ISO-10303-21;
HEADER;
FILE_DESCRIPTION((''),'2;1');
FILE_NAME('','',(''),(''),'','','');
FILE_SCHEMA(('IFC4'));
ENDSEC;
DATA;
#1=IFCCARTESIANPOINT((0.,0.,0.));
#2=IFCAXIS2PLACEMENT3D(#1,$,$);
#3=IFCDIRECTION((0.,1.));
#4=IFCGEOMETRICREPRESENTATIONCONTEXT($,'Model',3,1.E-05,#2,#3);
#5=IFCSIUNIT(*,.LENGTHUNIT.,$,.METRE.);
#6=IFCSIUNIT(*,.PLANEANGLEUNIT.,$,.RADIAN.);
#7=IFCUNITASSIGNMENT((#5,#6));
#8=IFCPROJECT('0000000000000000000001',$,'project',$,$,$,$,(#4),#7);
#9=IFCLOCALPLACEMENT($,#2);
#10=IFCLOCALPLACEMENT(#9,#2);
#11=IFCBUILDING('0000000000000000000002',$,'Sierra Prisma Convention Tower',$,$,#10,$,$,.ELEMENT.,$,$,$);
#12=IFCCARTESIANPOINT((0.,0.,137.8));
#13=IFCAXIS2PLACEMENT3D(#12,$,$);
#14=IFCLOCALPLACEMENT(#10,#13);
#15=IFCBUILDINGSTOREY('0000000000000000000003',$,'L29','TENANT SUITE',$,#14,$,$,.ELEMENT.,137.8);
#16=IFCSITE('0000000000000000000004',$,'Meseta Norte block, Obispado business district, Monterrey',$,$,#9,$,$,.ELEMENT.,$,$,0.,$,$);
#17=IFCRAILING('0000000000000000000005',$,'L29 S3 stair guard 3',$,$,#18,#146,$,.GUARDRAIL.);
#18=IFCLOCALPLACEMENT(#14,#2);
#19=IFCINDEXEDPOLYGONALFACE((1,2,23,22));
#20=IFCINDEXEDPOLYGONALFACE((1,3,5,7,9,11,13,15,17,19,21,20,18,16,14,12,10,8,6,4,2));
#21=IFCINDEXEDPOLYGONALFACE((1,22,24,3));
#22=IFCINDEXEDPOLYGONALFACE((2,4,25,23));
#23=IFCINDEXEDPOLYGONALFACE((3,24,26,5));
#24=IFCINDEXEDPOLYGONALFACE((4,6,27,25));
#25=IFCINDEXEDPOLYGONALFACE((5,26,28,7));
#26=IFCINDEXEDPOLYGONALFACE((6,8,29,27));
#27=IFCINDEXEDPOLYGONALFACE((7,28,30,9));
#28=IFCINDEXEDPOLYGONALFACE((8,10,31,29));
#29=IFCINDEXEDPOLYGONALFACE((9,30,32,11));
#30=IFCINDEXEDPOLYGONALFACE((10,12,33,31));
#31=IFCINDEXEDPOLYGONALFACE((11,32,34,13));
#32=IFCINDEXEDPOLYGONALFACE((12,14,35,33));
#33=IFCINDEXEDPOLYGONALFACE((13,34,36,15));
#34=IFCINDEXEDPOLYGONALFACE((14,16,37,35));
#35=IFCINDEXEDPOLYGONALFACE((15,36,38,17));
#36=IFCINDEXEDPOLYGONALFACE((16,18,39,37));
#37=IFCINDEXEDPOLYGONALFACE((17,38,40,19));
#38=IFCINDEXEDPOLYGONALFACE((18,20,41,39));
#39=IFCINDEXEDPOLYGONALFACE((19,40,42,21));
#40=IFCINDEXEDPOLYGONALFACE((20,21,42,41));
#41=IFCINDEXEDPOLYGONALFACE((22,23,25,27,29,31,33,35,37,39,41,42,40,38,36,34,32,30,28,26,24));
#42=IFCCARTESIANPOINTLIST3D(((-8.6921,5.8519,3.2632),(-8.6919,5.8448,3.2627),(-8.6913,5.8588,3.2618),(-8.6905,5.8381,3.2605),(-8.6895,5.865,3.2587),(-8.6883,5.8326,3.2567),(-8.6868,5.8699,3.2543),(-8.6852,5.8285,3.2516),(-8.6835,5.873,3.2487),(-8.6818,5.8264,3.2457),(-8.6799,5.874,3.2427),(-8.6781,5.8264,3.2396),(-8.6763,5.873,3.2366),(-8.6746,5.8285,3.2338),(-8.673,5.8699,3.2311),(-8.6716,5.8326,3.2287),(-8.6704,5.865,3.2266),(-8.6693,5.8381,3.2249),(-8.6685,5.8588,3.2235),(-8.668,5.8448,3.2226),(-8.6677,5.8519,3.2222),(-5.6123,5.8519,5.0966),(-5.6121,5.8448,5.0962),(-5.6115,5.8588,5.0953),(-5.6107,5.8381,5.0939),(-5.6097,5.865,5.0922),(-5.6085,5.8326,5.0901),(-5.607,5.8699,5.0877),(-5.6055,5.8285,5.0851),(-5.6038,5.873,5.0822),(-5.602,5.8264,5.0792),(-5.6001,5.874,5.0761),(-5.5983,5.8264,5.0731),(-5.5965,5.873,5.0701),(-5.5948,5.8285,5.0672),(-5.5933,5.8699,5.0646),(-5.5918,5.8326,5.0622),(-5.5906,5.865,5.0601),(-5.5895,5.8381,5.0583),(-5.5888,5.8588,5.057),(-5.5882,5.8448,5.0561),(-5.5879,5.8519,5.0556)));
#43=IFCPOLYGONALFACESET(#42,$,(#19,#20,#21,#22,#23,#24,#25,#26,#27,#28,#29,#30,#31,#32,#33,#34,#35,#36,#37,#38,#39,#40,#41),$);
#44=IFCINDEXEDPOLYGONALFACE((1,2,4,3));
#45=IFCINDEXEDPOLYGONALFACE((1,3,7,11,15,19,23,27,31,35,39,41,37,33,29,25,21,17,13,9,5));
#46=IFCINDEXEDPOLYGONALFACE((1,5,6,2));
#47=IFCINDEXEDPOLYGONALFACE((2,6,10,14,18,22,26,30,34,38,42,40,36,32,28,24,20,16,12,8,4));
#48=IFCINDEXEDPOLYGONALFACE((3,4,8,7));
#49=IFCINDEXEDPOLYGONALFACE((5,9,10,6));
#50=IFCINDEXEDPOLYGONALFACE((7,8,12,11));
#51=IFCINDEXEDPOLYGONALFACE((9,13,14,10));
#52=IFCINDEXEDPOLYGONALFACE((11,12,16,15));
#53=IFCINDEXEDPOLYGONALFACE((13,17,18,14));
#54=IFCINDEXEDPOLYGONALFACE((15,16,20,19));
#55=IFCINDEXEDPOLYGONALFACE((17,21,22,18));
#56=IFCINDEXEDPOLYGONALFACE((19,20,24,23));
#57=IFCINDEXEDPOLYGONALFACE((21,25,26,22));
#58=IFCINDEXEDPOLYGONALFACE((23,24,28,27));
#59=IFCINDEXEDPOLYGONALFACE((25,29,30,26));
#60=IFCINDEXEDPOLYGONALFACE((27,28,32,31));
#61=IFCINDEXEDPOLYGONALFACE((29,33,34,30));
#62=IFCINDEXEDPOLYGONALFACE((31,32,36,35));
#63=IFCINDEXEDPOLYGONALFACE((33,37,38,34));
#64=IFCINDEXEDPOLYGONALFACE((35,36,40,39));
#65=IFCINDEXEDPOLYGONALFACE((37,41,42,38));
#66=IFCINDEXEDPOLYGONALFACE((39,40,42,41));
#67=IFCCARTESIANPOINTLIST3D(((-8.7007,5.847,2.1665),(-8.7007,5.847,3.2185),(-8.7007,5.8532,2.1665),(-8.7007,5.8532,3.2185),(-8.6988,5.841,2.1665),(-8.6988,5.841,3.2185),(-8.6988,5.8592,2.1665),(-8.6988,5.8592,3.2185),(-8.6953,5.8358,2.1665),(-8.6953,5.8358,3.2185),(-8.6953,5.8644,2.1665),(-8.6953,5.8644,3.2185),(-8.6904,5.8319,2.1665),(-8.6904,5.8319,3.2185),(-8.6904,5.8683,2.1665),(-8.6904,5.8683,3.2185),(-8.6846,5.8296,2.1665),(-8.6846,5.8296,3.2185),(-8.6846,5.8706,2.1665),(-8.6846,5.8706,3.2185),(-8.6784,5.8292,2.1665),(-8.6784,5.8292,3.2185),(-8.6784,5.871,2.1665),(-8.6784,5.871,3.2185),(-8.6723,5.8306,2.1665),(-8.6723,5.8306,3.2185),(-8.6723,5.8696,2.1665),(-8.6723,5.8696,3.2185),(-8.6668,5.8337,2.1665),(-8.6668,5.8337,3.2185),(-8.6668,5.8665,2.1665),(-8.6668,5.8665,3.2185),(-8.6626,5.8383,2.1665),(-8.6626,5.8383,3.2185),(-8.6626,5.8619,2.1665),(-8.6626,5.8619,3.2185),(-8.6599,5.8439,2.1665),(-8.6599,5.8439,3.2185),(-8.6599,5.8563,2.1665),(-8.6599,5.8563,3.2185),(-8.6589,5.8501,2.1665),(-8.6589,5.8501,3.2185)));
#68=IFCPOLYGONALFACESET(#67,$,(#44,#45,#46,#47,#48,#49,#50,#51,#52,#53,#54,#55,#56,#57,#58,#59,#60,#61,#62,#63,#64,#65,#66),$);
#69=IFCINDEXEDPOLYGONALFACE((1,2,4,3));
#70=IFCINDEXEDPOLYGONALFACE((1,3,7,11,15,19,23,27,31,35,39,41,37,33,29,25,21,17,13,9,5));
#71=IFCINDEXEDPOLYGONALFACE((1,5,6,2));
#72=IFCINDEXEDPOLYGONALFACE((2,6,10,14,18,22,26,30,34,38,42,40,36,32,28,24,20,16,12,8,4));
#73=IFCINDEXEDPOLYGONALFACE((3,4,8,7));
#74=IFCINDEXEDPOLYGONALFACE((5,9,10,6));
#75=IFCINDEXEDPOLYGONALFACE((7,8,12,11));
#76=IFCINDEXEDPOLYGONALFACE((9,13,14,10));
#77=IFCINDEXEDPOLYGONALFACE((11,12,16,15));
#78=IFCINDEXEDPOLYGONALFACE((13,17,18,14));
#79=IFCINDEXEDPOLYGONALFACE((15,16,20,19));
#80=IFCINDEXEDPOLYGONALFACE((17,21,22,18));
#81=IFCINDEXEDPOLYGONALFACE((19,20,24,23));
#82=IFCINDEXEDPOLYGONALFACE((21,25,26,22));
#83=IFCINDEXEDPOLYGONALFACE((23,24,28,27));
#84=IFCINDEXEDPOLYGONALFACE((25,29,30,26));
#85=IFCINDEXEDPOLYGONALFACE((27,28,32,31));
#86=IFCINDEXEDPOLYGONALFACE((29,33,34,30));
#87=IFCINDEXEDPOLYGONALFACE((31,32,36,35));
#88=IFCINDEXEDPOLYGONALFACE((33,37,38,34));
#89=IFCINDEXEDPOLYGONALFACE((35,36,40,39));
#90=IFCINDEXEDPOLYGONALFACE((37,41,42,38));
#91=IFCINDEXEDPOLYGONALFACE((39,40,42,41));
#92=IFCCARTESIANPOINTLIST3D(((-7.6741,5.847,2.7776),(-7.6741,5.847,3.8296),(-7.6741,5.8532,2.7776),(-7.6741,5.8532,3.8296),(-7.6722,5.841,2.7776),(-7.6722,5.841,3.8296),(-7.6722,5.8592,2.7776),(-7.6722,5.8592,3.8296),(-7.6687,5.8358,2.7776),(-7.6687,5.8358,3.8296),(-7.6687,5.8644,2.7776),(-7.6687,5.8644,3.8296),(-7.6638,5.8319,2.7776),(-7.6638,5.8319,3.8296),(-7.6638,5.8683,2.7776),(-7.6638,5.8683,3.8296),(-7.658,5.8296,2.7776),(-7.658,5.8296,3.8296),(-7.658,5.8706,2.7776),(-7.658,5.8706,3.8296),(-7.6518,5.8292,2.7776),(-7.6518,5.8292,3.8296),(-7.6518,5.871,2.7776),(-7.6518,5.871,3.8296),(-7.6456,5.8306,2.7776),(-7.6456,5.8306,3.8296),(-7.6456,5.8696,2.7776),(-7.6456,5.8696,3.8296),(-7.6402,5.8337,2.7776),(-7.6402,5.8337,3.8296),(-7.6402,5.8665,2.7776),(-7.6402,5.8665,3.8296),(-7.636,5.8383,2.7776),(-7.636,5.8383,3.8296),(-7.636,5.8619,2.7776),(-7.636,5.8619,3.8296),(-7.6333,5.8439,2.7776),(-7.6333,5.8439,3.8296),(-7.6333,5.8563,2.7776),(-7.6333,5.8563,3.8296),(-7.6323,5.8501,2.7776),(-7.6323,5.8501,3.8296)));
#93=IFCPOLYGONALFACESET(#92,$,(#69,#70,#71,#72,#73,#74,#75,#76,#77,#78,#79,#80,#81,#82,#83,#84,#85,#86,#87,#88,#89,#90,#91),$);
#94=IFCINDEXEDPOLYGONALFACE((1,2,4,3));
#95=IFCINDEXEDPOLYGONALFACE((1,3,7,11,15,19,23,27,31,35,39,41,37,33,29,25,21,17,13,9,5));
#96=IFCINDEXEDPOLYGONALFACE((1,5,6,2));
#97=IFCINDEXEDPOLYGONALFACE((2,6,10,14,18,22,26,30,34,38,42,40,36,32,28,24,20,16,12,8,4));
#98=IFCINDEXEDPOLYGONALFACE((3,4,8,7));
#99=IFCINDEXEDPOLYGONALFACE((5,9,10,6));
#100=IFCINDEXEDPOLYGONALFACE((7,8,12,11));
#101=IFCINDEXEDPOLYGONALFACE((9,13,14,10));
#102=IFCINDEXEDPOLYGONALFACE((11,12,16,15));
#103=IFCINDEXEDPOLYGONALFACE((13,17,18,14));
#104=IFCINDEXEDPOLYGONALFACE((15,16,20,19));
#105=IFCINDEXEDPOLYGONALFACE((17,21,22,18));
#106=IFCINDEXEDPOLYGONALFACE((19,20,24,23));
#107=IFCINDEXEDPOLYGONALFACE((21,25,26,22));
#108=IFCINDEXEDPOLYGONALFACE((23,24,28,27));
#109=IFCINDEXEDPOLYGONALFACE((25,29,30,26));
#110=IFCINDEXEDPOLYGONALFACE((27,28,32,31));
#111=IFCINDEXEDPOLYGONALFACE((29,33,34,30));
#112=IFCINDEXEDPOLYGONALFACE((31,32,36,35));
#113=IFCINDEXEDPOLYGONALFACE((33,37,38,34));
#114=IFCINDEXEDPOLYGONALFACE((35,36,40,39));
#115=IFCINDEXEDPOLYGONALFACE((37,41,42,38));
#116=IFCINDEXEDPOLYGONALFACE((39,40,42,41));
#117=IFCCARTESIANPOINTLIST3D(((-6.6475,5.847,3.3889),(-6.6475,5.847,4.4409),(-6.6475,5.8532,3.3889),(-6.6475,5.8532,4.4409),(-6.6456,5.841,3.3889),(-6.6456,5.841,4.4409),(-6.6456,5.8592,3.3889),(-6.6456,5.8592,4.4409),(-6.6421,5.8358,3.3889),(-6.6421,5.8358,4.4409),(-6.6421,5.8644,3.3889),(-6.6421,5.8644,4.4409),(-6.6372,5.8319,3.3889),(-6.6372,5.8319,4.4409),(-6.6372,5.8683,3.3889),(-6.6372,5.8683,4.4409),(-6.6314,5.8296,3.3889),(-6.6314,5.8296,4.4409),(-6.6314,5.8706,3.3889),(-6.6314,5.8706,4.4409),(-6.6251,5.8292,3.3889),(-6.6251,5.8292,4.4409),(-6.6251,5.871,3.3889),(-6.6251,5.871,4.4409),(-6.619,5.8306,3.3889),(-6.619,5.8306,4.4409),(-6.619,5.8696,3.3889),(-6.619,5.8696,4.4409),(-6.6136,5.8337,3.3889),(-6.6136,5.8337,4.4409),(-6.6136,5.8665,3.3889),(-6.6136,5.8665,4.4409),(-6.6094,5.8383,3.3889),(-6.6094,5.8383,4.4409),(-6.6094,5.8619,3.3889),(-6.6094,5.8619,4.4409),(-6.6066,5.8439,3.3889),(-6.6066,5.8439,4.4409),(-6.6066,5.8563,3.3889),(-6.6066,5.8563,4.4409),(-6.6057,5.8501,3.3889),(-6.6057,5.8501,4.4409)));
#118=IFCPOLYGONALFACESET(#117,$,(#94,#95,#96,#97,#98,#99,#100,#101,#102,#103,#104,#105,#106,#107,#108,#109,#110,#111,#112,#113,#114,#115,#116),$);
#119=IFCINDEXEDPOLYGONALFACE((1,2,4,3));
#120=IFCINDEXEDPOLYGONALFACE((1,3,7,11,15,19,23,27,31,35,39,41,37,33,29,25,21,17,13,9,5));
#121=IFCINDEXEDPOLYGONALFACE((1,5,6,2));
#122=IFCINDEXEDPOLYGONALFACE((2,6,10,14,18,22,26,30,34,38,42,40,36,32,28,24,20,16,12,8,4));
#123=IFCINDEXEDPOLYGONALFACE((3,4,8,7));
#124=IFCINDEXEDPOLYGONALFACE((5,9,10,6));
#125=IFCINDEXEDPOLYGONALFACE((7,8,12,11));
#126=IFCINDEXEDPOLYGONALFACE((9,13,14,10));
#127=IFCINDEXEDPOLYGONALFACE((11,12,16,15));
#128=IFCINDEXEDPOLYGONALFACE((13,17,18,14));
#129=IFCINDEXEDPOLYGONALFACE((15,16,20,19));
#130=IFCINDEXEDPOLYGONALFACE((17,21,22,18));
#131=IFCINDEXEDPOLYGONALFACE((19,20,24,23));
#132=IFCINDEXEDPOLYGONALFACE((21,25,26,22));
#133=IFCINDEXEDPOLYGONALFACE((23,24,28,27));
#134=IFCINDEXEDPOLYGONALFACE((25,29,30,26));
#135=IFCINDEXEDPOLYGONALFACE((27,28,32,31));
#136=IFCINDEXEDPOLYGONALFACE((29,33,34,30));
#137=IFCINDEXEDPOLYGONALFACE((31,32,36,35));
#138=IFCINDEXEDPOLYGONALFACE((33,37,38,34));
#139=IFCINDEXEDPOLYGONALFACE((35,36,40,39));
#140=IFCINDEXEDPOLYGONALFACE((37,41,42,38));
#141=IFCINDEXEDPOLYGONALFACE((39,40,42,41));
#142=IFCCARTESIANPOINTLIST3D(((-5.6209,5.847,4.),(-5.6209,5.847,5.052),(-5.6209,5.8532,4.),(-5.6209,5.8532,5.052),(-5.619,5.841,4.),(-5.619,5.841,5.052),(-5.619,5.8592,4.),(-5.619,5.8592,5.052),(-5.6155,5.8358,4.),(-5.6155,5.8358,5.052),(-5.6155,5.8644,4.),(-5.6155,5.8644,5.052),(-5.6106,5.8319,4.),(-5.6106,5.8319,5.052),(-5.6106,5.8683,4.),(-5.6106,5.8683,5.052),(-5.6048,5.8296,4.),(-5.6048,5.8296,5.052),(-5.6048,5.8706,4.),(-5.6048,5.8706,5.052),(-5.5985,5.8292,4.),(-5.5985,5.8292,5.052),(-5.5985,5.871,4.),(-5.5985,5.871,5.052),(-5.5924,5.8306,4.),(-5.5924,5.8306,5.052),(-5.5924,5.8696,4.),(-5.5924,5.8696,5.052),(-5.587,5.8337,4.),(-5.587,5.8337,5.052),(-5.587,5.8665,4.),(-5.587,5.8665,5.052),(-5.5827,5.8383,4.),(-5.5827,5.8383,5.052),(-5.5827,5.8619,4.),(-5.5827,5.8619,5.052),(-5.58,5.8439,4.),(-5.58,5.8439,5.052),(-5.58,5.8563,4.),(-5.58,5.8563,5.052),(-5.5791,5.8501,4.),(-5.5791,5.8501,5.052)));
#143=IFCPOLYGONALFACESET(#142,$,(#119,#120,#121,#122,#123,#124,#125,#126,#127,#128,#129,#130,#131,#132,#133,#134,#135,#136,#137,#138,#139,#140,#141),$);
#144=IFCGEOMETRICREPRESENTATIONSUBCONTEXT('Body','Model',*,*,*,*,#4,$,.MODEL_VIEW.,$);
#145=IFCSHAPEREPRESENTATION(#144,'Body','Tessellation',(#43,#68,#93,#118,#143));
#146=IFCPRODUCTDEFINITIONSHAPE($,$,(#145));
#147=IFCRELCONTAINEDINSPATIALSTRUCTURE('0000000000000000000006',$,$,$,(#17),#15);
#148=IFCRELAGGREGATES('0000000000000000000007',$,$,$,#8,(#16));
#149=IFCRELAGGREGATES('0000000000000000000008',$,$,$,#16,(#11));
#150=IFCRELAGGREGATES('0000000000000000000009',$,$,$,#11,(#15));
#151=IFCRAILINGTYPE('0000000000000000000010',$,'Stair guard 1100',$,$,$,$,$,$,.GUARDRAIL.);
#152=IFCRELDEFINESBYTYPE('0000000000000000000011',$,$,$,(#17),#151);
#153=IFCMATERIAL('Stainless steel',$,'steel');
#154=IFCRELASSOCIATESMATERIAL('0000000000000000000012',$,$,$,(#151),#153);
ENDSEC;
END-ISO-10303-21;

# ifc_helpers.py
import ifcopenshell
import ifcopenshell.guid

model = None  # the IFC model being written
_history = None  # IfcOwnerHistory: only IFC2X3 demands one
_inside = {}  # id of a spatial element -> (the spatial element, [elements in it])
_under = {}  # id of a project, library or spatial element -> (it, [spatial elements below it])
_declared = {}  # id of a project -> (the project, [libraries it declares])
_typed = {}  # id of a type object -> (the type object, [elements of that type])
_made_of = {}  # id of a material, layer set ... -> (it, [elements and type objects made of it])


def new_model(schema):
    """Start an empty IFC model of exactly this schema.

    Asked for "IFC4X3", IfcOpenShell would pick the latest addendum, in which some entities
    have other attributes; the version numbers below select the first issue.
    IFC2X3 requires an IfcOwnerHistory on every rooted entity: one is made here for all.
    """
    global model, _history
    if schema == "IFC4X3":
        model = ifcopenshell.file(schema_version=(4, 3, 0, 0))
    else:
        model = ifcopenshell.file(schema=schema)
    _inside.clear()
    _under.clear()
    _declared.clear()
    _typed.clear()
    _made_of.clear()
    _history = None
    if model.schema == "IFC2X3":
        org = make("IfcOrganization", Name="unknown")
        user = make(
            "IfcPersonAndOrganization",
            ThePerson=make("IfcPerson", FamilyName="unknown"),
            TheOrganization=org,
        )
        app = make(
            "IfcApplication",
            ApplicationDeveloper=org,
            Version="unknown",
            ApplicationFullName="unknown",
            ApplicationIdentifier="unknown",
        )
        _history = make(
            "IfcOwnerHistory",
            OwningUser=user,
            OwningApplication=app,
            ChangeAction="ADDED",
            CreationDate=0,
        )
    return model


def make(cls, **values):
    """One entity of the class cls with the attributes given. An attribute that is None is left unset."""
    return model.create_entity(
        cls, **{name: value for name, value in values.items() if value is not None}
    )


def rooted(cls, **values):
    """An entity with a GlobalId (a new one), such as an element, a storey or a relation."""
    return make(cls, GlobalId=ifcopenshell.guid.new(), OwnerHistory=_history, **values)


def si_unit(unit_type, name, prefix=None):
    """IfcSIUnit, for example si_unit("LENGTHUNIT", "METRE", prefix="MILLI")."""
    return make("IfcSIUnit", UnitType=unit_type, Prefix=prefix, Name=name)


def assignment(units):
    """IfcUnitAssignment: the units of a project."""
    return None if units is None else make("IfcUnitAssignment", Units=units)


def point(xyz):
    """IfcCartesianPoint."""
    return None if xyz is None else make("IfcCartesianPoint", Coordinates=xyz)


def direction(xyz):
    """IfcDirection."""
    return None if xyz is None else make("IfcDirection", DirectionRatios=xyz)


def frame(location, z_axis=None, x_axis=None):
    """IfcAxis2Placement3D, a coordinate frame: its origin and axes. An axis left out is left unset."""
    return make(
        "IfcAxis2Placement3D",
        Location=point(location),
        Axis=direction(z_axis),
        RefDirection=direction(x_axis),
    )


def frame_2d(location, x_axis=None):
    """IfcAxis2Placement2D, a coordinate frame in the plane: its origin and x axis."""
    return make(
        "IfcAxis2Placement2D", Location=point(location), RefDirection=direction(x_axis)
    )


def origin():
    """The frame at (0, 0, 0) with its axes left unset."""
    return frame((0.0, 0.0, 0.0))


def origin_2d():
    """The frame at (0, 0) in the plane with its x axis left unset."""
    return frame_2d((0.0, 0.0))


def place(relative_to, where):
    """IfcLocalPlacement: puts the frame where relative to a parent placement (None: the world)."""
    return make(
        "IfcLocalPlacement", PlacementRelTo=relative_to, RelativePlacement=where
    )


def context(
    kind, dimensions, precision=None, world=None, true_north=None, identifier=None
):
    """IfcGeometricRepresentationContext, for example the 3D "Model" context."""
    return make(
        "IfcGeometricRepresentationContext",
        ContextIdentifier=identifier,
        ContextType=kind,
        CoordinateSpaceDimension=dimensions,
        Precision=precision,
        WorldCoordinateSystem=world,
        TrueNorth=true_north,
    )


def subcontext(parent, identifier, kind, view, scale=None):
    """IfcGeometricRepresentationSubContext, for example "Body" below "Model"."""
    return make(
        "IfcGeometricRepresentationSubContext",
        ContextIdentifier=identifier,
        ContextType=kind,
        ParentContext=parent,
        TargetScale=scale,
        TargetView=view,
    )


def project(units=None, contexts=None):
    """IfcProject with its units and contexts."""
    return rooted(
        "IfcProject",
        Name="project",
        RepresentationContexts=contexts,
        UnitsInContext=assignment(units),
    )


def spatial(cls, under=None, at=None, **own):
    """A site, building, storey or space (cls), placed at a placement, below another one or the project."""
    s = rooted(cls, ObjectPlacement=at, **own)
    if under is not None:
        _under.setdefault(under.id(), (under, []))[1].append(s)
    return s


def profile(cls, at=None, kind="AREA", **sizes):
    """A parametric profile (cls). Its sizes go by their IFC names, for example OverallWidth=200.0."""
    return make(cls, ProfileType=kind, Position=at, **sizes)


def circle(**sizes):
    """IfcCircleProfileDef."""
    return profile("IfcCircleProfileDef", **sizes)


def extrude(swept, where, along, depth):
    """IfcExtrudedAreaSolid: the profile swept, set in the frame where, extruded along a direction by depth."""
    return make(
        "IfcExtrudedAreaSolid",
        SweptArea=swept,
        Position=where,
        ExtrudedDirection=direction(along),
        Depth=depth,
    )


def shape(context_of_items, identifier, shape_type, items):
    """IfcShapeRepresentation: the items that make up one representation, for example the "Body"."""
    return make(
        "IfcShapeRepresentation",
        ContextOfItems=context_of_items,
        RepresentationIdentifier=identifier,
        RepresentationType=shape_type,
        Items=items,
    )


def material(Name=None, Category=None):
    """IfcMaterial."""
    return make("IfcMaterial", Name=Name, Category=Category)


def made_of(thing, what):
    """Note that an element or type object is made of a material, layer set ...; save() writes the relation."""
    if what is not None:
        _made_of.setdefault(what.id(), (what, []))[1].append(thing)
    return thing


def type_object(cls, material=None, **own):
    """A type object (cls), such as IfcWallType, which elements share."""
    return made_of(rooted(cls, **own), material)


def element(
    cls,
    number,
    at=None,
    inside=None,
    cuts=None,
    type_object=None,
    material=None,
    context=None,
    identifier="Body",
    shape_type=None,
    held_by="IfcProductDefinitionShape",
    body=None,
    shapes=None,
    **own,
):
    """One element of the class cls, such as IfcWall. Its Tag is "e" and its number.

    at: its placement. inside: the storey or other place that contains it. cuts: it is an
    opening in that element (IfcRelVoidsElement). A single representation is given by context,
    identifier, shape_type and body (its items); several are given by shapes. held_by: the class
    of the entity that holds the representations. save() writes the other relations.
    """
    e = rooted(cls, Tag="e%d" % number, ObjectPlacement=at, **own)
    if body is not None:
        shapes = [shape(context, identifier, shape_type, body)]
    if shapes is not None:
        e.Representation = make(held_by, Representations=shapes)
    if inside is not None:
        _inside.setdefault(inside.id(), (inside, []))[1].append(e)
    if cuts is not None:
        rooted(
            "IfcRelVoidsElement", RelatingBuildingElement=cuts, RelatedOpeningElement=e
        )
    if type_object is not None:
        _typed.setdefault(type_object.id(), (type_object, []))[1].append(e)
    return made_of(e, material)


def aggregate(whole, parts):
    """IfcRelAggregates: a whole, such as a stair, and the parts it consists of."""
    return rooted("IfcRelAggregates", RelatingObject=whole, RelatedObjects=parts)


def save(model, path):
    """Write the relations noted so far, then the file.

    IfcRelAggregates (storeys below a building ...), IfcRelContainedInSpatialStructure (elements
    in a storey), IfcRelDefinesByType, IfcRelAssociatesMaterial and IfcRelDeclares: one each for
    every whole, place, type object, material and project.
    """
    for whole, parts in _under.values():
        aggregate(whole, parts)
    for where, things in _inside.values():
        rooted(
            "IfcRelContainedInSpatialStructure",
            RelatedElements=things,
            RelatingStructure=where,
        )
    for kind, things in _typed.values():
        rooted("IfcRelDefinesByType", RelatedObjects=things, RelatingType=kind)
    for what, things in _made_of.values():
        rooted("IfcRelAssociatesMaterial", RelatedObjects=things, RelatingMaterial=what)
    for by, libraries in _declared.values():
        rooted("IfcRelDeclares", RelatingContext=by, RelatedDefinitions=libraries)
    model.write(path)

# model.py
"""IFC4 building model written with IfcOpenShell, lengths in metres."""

from ifc_helpers import new_model, si_unit, direction, frame, origin, origin_2d, place, context, subcontext, project, spatial, circle, extrude, material, type_object, element, save


model = new_model("IFC4")

# Units and contexts
model_context = context("Model", 3, precision=1e-05, world=origin(), true_north=direction((0.0, 1.0)))
body_context = subcontext(model_context, "Body", "Model", "MODEL_VIEW")
ifc_project = project(units=[si_unit("LENGTHUNIT", "METRE"), si_unit("PLANEANGLEUNIT", "RADIAN")], contexts=[model_context])

# Site, building, storey
site_placement = place(None, origin())
site = spatial("IfcSite", under=ifc_project, at=site_placement, Name="Meseta Norte block, Obispado business district, Monterrey", CompositionType="ELEMENT", RefElevation=0.0)
building_placement = place(site_placement, origin())
building = spatial("IfcBuilding", under=site, at=building_placement, Name="Sierra Prisma Convention Tower", CompositionType="ELEMENT")
storey_placement = place(building_placement, frame((0.0, 0.0, 137.8)))
storey = spatial("IfcBuildingStorey", under=building, at=storey_placement, Name="L29", Description="TENANT SUITE", CompositionType="ELEMENT", Elevation=137.8)

# Railing
ifc_material_1 = material(Name="Stainless steel", Category="steel")
railing_type_1 = type_object("IfcRailingType", Name="Stair guard 1100", PredefinedType="GUARDRAIL", material=ifc_material_1)
railing_1_placement = place(storey_placement, frame((-8.6799, 5.8501, 2.1665)))
element("IfcRailing", 1, at=railing_1_placement, inside=storey, type_object=railing_type_1, Name="L29 S3 stair guard 3", PredefinedType="GUARDRAIL", context=body_context, shape_type="SweptSolid", body=[
    extrude(circle(Radius=0.0239, at=origin_2d()), frame((0.0, 0.0, 1.0762), z_axis=(0.859261, 0.0, 0.511538), x_axis=(0.0, 1.0, 0.0)), (0.0, 0.0, 1.0), 3.5842),
    extrude(circle(Radius=0.021, at=origin_2d()), origin(), (0.0, 0.0, 1.0), 1.052),
    extrude(circle(Radius=0.021, at=origin_2d()), frame((1.0266, 0.0, 0.6111)), (0.0, 0.0, 1.0), 1.052),
    extrude(circle(Radius=0.021, at=origin_2d()), frame((2.0532, 0.0, 1.2224)), (0.0, 0.0, 1.0), 1.052),
    extrude(circle(Radius=0.021, at=origin_2d()), frame((3.0798, 0.0, 1.8335)), (0.0, 0.0, 1.0), 1.052),
])

save(model, "model.ifc")
